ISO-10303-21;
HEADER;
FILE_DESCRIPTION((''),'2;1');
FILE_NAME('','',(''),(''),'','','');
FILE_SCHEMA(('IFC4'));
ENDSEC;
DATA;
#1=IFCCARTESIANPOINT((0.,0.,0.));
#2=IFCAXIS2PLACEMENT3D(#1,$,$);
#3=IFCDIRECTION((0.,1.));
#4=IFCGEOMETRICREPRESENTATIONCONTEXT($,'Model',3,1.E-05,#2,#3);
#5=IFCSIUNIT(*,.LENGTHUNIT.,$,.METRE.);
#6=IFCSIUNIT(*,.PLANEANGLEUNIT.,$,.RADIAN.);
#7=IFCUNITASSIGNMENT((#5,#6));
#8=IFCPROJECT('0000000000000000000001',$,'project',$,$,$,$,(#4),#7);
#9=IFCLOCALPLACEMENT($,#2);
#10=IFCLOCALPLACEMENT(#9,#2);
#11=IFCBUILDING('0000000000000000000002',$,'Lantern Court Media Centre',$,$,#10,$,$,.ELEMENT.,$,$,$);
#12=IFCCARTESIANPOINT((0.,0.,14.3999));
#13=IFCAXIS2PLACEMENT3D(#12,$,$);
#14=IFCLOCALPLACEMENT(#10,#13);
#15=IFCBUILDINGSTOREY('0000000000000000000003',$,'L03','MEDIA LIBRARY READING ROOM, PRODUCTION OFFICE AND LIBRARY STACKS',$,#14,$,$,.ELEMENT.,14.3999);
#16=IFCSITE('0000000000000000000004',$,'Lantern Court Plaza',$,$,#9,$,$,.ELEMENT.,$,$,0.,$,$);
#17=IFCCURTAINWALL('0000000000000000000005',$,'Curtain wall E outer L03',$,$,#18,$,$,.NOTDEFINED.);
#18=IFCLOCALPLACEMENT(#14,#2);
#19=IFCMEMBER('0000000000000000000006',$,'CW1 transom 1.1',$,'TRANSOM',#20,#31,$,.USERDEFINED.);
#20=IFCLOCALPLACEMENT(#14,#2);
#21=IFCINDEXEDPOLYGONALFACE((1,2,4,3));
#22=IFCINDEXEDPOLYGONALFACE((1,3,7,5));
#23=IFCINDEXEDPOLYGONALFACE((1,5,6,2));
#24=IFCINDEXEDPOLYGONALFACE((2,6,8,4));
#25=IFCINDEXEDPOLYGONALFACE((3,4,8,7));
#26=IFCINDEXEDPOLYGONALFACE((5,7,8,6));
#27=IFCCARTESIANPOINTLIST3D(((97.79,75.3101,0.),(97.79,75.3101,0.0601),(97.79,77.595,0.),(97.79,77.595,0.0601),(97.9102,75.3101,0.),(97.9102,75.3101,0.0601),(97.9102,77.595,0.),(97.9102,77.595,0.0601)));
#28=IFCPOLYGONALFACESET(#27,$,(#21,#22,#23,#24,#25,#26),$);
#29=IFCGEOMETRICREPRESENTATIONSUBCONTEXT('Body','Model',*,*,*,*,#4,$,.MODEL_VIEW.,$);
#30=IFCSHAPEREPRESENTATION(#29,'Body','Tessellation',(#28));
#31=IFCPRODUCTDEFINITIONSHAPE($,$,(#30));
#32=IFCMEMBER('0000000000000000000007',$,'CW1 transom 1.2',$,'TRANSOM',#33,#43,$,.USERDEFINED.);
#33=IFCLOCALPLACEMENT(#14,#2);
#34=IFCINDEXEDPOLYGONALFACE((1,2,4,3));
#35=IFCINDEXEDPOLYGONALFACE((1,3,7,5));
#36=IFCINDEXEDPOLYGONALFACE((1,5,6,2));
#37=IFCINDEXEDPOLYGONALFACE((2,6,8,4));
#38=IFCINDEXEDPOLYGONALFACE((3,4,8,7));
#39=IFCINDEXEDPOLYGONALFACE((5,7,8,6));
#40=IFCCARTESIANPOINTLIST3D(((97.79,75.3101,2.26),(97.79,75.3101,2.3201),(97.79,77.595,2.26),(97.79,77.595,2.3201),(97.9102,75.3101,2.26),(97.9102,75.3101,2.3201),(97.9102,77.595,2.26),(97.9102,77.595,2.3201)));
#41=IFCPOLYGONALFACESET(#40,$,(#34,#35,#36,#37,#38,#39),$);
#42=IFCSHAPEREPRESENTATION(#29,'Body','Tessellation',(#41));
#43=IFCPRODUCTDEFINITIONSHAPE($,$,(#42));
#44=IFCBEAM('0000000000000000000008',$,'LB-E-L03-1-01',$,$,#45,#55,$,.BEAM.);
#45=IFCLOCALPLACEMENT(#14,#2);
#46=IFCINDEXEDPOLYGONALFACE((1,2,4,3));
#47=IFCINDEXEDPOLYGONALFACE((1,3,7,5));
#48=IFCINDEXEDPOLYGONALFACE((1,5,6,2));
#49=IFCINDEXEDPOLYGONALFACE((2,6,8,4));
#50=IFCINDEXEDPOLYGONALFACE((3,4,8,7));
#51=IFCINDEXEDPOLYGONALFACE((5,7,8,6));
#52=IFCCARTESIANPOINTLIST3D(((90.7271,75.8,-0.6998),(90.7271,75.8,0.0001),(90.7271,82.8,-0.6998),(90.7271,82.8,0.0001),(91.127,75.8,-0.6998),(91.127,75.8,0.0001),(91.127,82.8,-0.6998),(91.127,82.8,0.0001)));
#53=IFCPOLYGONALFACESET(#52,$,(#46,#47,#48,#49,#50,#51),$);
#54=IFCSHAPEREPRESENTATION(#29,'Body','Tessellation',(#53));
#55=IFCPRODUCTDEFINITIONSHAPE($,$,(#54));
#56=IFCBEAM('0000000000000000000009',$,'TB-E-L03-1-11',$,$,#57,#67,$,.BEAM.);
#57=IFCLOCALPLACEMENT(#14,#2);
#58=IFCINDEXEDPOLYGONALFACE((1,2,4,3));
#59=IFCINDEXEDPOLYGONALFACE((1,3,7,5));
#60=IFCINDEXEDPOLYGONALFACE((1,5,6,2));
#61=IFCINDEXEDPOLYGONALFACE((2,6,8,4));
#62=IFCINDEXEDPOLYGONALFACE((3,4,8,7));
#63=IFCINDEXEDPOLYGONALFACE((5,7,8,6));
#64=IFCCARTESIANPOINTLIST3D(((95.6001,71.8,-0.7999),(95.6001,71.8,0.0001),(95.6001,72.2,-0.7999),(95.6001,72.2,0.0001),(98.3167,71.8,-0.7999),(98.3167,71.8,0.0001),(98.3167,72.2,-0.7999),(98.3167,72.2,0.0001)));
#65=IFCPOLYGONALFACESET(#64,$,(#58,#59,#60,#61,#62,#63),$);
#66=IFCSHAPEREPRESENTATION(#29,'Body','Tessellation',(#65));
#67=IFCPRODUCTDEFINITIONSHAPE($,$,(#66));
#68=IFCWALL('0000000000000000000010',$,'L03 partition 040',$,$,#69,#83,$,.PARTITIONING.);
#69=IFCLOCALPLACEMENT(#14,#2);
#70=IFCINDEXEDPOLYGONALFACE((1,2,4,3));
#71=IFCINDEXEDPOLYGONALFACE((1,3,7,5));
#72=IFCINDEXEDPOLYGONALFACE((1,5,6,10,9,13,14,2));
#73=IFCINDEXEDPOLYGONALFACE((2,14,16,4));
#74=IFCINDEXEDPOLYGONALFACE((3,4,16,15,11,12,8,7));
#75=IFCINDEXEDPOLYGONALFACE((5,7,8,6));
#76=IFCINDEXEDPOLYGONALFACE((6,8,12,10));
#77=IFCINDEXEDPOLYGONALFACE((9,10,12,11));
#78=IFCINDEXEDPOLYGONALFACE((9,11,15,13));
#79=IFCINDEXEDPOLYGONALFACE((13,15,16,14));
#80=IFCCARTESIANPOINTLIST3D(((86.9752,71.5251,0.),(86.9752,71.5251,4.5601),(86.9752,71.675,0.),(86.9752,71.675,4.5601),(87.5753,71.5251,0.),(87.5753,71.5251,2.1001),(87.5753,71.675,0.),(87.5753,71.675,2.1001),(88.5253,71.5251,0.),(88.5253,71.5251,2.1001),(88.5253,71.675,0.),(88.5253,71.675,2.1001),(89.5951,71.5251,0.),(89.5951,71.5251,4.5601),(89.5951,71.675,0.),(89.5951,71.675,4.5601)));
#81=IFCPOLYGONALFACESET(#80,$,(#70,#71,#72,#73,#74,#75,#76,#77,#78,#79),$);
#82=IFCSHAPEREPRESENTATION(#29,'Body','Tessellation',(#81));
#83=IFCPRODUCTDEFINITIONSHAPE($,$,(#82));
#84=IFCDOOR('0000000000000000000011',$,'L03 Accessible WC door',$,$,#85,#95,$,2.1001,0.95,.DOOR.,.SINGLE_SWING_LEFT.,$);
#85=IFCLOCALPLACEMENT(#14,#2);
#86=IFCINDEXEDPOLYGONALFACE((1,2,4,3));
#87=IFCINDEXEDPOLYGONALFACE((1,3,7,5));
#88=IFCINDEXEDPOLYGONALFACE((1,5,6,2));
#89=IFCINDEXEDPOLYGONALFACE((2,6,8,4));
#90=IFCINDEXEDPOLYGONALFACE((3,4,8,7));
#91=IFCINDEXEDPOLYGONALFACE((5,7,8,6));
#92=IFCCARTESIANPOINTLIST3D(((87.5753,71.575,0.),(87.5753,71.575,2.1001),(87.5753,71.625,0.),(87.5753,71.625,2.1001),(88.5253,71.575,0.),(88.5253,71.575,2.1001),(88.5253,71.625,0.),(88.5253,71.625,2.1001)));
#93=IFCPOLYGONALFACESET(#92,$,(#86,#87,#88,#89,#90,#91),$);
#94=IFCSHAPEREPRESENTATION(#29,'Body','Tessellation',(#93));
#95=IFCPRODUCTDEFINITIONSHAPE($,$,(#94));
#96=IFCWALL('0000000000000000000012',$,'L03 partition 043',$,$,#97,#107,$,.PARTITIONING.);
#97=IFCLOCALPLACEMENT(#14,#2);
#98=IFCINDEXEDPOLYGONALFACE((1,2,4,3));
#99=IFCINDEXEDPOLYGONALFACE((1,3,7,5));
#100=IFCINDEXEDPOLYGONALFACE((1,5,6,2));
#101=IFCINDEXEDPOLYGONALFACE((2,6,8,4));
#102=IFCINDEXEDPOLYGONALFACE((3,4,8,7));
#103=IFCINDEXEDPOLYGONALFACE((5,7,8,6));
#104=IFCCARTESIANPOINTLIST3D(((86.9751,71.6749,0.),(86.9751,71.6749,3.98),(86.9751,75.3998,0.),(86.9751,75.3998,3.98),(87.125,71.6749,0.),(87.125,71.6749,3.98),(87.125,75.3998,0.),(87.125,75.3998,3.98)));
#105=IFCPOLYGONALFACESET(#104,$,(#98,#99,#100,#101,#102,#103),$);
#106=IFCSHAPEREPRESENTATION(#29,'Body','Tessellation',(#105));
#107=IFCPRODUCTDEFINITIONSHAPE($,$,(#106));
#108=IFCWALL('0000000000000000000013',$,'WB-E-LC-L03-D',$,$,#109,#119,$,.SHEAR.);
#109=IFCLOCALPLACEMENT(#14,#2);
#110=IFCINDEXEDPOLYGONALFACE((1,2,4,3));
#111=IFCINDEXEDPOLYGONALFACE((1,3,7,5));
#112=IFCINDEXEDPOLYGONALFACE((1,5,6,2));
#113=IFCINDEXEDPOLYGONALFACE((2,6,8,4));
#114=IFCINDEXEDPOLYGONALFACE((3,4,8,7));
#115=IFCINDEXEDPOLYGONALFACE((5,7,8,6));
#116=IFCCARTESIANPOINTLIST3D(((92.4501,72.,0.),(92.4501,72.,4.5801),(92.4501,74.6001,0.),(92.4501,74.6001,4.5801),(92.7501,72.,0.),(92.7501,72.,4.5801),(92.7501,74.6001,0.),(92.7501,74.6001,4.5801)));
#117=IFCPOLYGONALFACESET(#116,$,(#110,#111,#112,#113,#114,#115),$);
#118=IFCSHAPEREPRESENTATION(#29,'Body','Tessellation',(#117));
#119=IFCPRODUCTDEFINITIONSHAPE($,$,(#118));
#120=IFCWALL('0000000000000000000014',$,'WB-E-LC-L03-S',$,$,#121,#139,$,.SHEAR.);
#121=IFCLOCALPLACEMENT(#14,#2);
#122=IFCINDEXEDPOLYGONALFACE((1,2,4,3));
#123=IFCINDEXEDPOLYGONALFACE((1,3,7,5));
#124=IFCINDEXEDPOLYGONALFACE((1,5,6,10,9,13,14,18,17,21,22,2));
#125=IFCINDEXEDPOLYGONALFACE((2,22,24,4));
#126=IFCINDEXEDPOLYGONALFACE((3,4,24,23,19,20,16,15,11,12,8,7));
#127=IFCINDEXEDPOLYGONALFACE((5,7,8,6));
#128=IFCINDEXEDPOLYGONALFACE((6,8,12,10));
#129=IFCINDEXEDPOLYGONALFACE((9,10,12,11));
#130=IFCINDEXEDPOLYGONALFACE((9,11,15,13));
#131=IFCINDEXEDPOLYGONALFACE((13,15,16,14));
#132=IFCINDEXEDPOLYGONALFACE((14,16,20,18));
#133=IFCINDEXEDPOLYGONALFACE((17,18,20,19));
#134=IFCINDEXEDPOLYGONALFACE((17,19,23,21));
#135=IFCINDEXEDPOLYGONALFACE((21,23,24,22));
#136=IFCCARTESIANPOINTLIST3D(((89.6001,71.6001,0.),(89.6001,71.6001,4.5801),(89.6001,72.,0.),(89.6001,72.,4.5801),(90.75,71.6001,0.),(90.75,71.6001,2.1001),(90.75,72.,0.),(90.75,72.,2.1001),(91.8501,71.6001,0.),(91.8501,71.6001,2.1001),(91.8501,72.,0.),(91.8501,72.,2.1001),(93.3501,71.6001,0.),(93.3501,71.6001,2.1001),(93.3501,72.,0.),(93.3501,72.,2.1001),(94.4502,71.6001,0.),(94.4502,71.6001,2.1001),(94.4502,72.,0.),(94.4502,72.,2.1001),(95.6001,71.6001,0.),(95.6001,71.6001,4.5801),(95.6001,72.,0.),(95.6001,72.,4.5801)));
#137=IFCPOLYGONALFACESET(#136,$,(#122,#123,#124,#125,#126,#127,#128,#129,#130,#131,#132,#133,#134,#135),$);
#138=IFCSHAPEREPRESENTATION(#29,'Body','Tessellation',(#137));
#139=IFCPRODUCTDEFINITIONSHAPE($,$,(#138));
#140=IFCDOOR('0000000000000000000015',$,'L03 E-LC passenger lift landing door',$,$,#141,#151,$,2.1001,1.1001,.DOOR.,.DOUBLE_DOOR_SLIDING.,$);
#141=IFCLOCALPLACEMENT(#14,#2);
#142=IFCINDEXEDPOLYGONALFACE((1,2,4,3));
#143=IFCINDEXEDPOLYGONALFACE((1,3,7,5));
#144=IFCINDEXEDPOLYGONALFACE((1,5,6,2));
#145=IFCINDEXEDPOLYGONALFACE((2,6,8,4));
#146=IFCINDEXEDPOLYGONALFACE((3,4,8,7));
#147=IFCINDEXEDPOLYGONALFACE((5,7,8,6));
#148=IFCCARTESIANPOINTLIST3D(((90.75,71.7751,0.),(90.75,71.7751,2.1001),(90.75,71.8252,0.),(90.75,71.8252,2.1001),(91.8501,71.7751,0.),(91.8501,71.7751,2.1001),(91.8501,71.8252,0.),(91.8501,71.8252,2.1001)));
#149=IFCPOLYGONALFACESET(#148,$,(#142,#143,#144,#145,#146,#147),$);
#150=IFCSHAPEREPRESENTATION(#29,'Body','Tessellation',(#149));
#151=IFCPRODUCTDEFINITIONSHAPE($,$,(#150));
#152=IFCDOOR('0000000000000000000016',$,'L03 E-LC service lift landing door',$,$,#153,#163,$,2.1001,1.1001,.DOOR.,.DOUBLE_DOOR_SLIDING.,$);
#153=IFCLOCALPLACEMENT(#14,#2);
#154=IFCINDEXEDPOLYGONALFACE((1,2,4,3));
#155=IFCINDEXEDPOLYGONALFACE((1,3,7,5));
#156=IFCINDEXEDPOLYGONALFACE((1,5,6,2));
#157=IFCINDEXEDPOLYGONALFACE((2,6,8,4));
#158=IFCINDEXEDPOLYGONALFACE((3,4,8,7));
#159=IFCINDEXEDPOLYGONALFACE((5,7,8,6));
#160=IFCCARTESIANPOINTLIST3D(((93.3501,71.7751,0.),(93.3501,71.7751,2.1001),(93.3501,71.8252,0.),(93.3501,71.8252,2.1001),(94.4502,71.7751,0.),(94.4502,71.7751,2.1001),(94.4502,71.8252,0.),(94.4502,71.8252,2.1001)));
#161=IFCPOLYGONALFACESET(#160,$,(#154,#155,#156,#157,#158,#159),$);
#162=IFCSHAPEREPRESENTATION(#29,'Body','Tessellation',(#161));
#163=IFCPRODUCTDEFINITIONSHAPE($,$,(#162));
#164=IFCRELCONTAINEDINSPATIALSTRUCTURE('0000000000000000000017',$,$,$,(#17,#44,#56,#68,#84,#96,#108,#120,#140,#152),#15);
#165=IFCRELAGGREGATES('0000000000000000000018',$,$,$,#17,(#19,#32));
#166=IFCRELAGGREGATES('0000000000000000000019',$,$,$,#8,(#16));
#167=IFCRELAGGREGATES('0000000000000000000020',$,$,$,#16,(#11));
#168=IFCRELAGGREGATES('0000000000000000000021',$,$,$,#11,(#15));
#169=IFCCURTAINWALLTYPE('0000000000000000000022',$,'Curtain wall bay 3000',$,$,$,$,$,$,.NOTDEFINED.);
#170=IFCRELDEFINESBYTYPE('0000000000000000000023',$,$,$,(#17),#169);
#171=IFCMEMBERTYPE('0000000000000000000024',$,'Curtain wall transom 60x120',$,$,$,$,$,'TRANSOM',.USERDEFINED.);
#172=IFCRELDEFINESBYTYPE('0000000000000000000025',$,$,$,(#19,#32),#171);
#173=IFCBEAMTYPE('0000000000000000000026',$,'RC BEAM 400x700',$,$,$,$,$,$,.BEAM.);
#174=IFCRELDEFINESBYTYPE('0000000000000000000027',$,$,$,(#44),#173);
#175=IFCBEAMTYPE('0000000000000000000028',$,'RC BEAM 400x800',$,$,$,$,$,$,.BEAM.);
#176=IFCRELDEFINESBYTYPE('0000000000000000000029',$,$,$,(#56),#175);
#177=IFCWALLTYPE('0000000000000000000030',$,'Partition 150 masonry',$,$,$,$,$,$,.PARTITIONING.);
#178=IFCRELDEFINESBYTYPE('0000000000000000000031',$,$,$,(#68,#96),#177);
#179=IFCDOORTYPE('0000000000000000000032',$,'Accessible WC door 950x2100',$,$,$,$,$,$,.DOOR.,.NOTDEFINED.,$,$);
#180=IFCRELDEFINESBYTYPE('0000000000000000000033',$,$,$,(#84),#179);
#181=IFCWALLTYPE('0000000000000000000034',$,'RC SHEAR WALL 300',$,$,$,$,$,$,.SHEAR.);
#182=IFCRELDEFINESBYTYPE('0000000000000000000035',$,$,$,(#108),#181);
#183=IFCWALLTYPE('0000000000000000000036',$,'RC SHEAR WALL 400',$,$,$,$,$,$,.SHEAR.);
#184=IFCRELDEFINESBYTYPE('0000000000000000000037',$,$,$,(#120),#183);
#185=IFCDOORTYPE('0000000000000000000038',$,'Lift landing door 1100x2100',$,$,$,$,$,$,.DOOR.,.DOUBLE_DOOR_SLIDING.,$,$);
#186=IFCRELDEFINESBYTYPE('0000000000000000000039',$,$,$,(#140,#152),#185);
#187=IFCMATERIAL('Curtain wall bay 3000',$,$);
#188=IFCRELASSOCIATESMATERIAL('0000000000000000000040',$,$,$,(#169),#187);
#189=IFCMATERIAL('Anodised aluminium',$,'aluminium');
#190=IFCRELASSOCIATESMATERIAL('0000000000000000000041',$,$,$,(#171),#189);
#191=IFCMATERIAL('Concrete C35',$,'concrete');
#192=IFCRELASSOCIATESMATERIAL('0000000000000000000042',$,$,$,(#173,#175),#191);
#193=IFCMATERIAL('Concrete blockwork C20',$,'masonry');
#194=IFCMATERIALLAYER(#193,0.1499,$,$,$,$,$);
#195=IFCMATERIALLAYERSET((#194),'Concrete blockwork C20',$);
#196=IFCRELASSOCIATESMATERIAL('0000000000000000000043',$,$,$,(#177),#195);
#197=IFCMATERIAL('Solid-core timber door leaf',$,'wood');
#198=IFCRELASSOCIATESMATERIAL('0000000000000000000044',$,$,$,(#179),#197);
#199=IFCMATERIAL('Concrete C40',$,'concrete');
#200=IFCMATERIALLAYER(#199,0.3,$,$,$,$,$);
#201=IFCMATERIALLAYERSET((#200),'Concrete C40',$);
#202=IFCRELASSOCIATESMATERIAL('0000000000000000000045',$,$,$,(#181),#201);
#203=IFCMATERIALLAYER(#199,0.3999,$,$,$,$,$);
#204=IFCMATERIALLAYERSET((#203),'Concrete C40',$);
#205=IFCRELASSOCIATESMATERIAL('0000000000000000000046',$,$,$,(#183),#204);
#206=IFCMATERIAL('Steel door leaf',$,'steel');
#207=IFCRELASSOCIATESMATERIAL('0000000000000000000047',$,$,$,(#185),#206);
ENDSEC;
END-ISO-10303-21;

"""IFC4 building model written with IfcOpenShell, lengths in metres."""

from ifc_helpers import new_model, si_unit, direction, frame, frame_2d, origin, origin_2d, place, context, subcontext, project, spatial, rectangle, extrude, material, layer, layer_set, material_profile, profile_set, type_object, element, fill, aggregate, save


model = new_model("IFC4")

# Units and contexts
model_context = context("Model", 3, precision=1e-05, world=origin(), true_north=direction((0.0, 1.0)))
body_context = subcontext(model_context, "Body", "Model", "MODEL_VIEW")
ifc_project = project(units=[si_unit("LENGTHUNIT", "METRE"), si_unit("PLANEANGLEUNIT", "RADIAN")], contexts=[model_context])

# Site, building, storey
site_placement = place(None, origin())
site = spatial("IfcSite", under=ifc_project, at=site_placement, Name="Lantern Court Plaza", CompositionType="ELEMENT", RefElevation=0.0)
building_placement = place(site_placement, origin())
building = spatial("IfcBuilding", under=site, at=building_placement, Name="Lantern Court Media Centre", CompositionType="ELEMENT")
storey_placement = place(building_placement, frame((0.0, 0.0, 14.3999)))
storey = spatial("IfcBuildingStorey", under=building, at=storey_placement, Name="L03", Description="MEDIA LIBRARY READING ROOM, PRODUCTION OFFICE AND LIBRARY STACKS", CompositionType="ELEMENT", Elevation=14.3999)

# Curtain wall, members
ifc_material_1 = material(Name="Curtain wall bay 3000")
curtain_wall_type = type_object("IfcCurtainWallType", Name="Curtain wall bay 3000", PredefinedType="NOTDEFINED", material=ifc_material_1)
curtain_wall_placement = place(storey_placement, origin())
curtain_wall = element("IfcCurtainWall", 1, at=curtain_wall_placement, inside=storey, type_object=curtain_wall_type, Name="Curtain wall E outer L03", PredefinedType="NOTDEFINED")
ifc_material_2 = material(Name="Anodised aluminium", Category="aluminium")
ifc_material_profile_1 = material_profile(ifc_material_2, rectangle(XDim=0.1201, YDim=0.0601, at=origin_2d()), Name="AL 60x120")
ifc_profile_set_1 = profile_set([ifc_material_profile_1], Name="Anodised aluminium")
member_type = type_object("IfcMemberType", Name="Curtain wall transom 60x120", ElementType="TRANSOM", PredefinedType="USERDEFINED", material=ifc_profile_set_1)
member_1_placement = place(storey_placement, frame((97.8501, 75.3101, 0.03), z_axis=(0.0, 1.0, 0.0), x_axis=(-1.0, 0.0, 0.0)))
member_1 = element("IfcMember", 2, at=member_1_placement, type_object=member_type, Name="CW1 transom 1.1", ObjectType="TRANSOM", PredefinedType="USERDEFINED", context=body_context, shape_type="SweptSolid", body=[
    extrude(rectangle(XDim=0.1201, YDim=0.0601, at=origin_2d()), origin(), (0.0, 0.0, 1.0), 2.2849),
])
member_2_placement = place(storey_placement, frame((97.8501, 75.3101, 2.29), z_axis=(0.0, 1.0, 0.0), x_axis=(-1.0, 0.0, 0.0)))
member_2 = element("IfcMember", 3, at=member_2_placement, type_object=member_type, Name="CW1 transom 1.2", ObjectType="TRANSOM", PredefinedType="USERDEFINED", context=body_context, shape_type="SweptSolid", body=[
    extrude(rectangle(XDim=0.1201, YDim=0.0601, at=origin_2d()), origin(), (0.0, 0.0, 1.0), 2.2849),
])
aggregate(curtain_wall, [member_1, member_2])

# Beams
ifc_material_3 = material(Name="Concrete C35", Category="concrete")
ifc_material_profile_2 = material_profile(ifc_material_3, rectangle(XDim=0.3999, YDim=0.7, at=origin_2d()), Name="RC 400x700")
ifc_profile_set_2 = profile_set([ifc_material_profile_2], Name="Concrete C35")
beam_type_1 = type_object("IfcBeamType", Name="RC BEAM 400x700", PredefinedType="BEAM", material=ifc_profile_set_2)
beam_1_placement = place(storey_placement, frame((90.927, 75.8, -0.3499), z_axis=(0.0, 1.0, 0.0), x_axis=(-1.0, 0.0, 0.0)))
element("IfcBeam", 4, at=beam_1_placement, inside=storey, type_object=beam_type_1, Name="LB-E-L03-1-01", PredefinedType="BEAM", context=body_context, shape_type="SweptSolid", body=[
    extrude(rectangle(XDim=0.3999, YDim=0.7, at=origin_2d()), origin(), (0.0, 0.0, 1.0), 7.0),
])
ifc_material_profile_3 = material_profile(ifc_material_3, rectangle(XDim=0.3999, YDim=0.8, at=origin_2d()), Name="RC 400x800")
ifc_profile_set_3 = profile_set([ifc_material_profile_3], Name="Concrete C35")
beam_type_2 = type_object("IfcBeamType", Name="RC BEAM 400x800", PredefinedType="BEAM", material=ifc_profile_set_3)
beam_2_placement = place(storey_placement, frame((95.6001, 72.0, -0.3999), z_axis=(1.0, 0.0, 0.0), x_axis=(0.0, 1.0, 0.0)))
element("IfcBeam", 5, at=beam_2_placement, inside=storey, type_object=beam_type_2, Name="TB-E-L03-1-11", PredefinedType="BEAM", context=body_context, shape_type="SweptSolid", body=[
    extrude(rectangle(XDim=0.3999, YDim=0.8, at=origin_2d()), origin(), (0.0, 0.0, 1.0), 2.7166),
])

# Wall, opening, door
ifc_material_4 = material(Name="Concrete blockwork C20", Category="masonry")
ifc_layer_1 = layer(ifc_material_4, 0.1499)
ifc_layer_set_1 = layer_set([ifc_layer_1], Name="Concrete blockwork C20")
wall_type_1 = type_object("IfcWallType", Name="Partition 150 masonry", PredefinedType="PARTITIONING", material=ifc_layer_set_1)
wall_1_placement = place(storey_placement, frame((86.9751, 71.6001, 0.0), z_axis=(0.0, 0.0, 1.0), x_axis=(1.0, 0.0, 0.0)))
wall_1 = element("IfcWall", 6, at=wall_1_placement, inside=storey, type_object=wall_type_1, Name="L03 partition 040", PredefinedType="PARTITIONING", context=body_context, shape_type="SweptSolid", body=[
    extrude(rectangle(XDim=2.6199, YDim=0.1499, at=frame_2d((1.3101, 0.0))), origin(), (0.0, 0.0, 1.0), 4.5601),
])
opening_1_placement = place(wall_1_placement, frame((0.6001, 0.0, 0.0)))
opening_1 = element("IfcOpeningElement", 7, at=opening_1_placement, cuts=wall_1, PredefinedType="OPENING", context=body_context, shape_type="SweptSolid", body=[
    extrude(rectangle(XDim=0.95, YDim=2.1001, at=frame_2d((0.4751, 1.05))), frame((0.0, 0.085, 0.0), z_axis=(0.0, -1.0, 0.0), x_axis=(1.0, 0.0, 0.0)), (0.0, 0.0, 1.0), 0.1699),
])
ifc_material_5 = material(Name="Solid-core timber door leaf", Category="wood")
door_type_1 = type_object("IfcDoorType", Name="Accessible WC door 950x2100", OperationType="NOTDEFINED", PredefinedType="DOOR", material=ifc_material_5)
door_1_placement = place(opening_1_placement, origin())
door_1 = element("IfcDoor", 8, at=door_1_placement, inside=storey, type_object=door_type_1, Name="L03 Accessible WC door", OperationType="SINGLE_SWING_LEFT", OverallHeight=2.1001, OverallWidth=0.95, PredefinedType="DOOR", context=body_context, shape_type="SweptSolid", body=[
    extrude(rectangle(XDim=0.95, YDim=2.1001, at=frame_2d((0.4751, 1.05))), frame((0.0, 0.0249, 0.0), z_axis=(0.0, -1.0, 0.0), x_axis=(1.0, 0.0, 0.0)), (0.0, 0.0, 1.0), 0.05),
])
fill(opening_1, door_1)

# Walls
wall_2_placement = place(storey_placement, frame((87.05, 71.675, 0.0), z_axis=(0.0, 0.0, 1.0), x_axis=(0.0, 1.0, 0.0)))
element("IfcWall", 9, at=wall_2_placement, inside=storey, type_object=wall_type_1, Name="L03 partition 043", PredefinedType="PARTITIONING", context=body_context, shape_type="SweptSolid", body=[
    extrude(rectangle(XDim=3.7249, YDim=0.1499, at=frame_2d((1.8623, 0.0))), origin(), (0.0, 0.0, 1.0), 3.98),
])
ifc_material_6 = material(Name="Concrete C40", Category="concrete")
ifc_layer_2 = layer(ifc_material_6, 0.3)
ifc_layer_set_2 = layer_set([ifc_layer_2], Name="Concrete C40")
wall_type_2 = type_object("IfcWallType", Name="RC SHEAR WALL 300", PredefinedType="SHEAR", material=ifc_layer_set_2)
wall_3_placement = place(storey_placement, frame((92.6001, 72.0, 0.0), z_axis=(0.0, 0.0, 1.0), x_axis=(0.0, 1.0, 0.0)))
element("IfcWall", 10, at=wall_3_placement, inside=storey, type_object=wall_type_2, Name="WB-E-LC-L03-D", PredefinedType="SHEAR", context=body_context, shape_type="SweptSolid", body=[
    extrude(rectangle(XDim=2.6001, YDim=0.3, at=frame_2d((1.3, 0.0))), origin(), (0.0, 0.0, 1.0), 4.5801),
])

# Wall, openings, doors
ifc_layer_3 = layer(ifc_material_6, 0.3999)
ifc_layer_set_3 = layer_set([ifc_layer_3], Name="Concrete C40")
wall_type_3 = type_object("IfcWallType", Name="RC SHEAR WALL 400", PredefinedType="SHEAR", material=ifc_layer_set_3)
wall_4_placement = place(storey_placement, frame((89.6001, 71.8, 0.0), z_axis=(0.0, 0.0, 1.0), x_axis=(1.0, 0.0, 0.0)))
wall_4 = element("IfcWall", 11, at=wall_4_placement, inside=storey, type_object=wall_type_3, Name="WB-E-LC-L03-S", PredefinedType="SHEAR", context=body_context, shape_type="SweptSolid", body=[
    extrude(rectangle(XDim=6.0, YDim=0.3999, at=frame_2d((3.0, 0.0))), origin(), (0.0, 0.0, 1.0), 4.5801),
])
opening_2_placement = place(wall_4_placement, frame((1.1499, 0.0, 0.0)))
opening_2 = element("IfcOpeningElement", 12, at=opening_2_placement, cuts=wall_4, PredefinedType="OPENING", context=body_context, shape_type="SweptSolid", body=[
    extrude(rectangle(XDim=1.1001, YDim=2.1001, at=frame_2d((0.55, 1.05))), frame((0.0, 0.21, 0.0), z_axis=(0.0, -1.0, 0.0), x_axis=(1.0, 0.0, 0.0)), (0.0, 0.0, 1.0), 0.4199),
])
opening_3_placement = place(wall_4_placement, frame((3.75, 0.0, 0.0)))
opening_3 = element("IfcOpeningElement", 13, at=opening_3_placement, cuts=wall_4, PredefinedType="OPENING", context=body_context, shape_type="SweptSolid", body=[
    extrude(rectangle(XDim=1.1001, YDim=2.1001, at=frame_2d((0.55, 1.05))), frame((0.0, 0.21, 0.0), z_axis=(0.0, -1.0, 0.0), x_axis=(1.0, 0.0, 0.0)), (0.0, 0.0, 1.0), 0.4199),
])
ifc_material_7 = material(Name="Steel door leaf", Category="steel")
door_type_2 = type_object("IfcDoorType", Name="Lift landing door 1100x2100", OperationType="DOUBLE_DOOR_SLIDING", PredefinedType="DOOR", material=ifc_material_7)
door_2_placement = place(opening_2_placement, frame((1.1001, 0.0, 0.0), z_axis=(0.0, 0.0, 1.0), x_axis=(-1.0, 0.0, 0.0)))
door_2 = element("IfcDoor", 14, at=door_2_placement, inside=storey, type_object=door_type_2, Name="L03 E-LC passenger lift landing door", OperationType="DOUBLE_DOOR_SLIDING", OverallHeight=2.1001, OverallWidth=1.1001, PredefinedType="DOOR", context=body_context, shape_type="SweptSolid", body=[
    extrude(rectangle(XDim=1.1001, YDim=2.1001, at=frame_2d((0.55, 1.05))), frame((0.0, 0.0249, 0.0), z_axis=(0.0, -1.0, 0.0), x_axis=(1.0, 0.0, 0.0)), (0.0, 0.0, 1.0), 0.05),
])
fill(opening_2, door_2)
door_3_placement = place(opening_3_placement, frame((1.1001, 0.0, 0.0), z_axis=(0.0, 0.0, 1.0), x_axis=(-1.0, 0.0, 0.0)))
door_3 = element("IfcDoor", 15, at=door_3_placement, inside=storey, type_object=door_type_2, Name="L03 E-LC service lift landing door", OperationType="DOUBLE_DOOR_SLIDING", OverallHeight=2.1001, OverallWidth=1.1001, PredefinedType="DOOR", context=body_context, shape_type="SweptSolid", body=[
    extrude(rectangle(XDim=1.1001, YDim=2.1001, at=frame_2d((0.55, 1.05))), frame((0.0, 0.0249, 0.0), z_axis=(0.0, -1.0, 0.0), x_axis=(1.0, 0.0, 0.0)), (0.0, 0.0, 1.0), 0.05),
])
fill(opening_3, door_3)

save(model, "model.ifc")
